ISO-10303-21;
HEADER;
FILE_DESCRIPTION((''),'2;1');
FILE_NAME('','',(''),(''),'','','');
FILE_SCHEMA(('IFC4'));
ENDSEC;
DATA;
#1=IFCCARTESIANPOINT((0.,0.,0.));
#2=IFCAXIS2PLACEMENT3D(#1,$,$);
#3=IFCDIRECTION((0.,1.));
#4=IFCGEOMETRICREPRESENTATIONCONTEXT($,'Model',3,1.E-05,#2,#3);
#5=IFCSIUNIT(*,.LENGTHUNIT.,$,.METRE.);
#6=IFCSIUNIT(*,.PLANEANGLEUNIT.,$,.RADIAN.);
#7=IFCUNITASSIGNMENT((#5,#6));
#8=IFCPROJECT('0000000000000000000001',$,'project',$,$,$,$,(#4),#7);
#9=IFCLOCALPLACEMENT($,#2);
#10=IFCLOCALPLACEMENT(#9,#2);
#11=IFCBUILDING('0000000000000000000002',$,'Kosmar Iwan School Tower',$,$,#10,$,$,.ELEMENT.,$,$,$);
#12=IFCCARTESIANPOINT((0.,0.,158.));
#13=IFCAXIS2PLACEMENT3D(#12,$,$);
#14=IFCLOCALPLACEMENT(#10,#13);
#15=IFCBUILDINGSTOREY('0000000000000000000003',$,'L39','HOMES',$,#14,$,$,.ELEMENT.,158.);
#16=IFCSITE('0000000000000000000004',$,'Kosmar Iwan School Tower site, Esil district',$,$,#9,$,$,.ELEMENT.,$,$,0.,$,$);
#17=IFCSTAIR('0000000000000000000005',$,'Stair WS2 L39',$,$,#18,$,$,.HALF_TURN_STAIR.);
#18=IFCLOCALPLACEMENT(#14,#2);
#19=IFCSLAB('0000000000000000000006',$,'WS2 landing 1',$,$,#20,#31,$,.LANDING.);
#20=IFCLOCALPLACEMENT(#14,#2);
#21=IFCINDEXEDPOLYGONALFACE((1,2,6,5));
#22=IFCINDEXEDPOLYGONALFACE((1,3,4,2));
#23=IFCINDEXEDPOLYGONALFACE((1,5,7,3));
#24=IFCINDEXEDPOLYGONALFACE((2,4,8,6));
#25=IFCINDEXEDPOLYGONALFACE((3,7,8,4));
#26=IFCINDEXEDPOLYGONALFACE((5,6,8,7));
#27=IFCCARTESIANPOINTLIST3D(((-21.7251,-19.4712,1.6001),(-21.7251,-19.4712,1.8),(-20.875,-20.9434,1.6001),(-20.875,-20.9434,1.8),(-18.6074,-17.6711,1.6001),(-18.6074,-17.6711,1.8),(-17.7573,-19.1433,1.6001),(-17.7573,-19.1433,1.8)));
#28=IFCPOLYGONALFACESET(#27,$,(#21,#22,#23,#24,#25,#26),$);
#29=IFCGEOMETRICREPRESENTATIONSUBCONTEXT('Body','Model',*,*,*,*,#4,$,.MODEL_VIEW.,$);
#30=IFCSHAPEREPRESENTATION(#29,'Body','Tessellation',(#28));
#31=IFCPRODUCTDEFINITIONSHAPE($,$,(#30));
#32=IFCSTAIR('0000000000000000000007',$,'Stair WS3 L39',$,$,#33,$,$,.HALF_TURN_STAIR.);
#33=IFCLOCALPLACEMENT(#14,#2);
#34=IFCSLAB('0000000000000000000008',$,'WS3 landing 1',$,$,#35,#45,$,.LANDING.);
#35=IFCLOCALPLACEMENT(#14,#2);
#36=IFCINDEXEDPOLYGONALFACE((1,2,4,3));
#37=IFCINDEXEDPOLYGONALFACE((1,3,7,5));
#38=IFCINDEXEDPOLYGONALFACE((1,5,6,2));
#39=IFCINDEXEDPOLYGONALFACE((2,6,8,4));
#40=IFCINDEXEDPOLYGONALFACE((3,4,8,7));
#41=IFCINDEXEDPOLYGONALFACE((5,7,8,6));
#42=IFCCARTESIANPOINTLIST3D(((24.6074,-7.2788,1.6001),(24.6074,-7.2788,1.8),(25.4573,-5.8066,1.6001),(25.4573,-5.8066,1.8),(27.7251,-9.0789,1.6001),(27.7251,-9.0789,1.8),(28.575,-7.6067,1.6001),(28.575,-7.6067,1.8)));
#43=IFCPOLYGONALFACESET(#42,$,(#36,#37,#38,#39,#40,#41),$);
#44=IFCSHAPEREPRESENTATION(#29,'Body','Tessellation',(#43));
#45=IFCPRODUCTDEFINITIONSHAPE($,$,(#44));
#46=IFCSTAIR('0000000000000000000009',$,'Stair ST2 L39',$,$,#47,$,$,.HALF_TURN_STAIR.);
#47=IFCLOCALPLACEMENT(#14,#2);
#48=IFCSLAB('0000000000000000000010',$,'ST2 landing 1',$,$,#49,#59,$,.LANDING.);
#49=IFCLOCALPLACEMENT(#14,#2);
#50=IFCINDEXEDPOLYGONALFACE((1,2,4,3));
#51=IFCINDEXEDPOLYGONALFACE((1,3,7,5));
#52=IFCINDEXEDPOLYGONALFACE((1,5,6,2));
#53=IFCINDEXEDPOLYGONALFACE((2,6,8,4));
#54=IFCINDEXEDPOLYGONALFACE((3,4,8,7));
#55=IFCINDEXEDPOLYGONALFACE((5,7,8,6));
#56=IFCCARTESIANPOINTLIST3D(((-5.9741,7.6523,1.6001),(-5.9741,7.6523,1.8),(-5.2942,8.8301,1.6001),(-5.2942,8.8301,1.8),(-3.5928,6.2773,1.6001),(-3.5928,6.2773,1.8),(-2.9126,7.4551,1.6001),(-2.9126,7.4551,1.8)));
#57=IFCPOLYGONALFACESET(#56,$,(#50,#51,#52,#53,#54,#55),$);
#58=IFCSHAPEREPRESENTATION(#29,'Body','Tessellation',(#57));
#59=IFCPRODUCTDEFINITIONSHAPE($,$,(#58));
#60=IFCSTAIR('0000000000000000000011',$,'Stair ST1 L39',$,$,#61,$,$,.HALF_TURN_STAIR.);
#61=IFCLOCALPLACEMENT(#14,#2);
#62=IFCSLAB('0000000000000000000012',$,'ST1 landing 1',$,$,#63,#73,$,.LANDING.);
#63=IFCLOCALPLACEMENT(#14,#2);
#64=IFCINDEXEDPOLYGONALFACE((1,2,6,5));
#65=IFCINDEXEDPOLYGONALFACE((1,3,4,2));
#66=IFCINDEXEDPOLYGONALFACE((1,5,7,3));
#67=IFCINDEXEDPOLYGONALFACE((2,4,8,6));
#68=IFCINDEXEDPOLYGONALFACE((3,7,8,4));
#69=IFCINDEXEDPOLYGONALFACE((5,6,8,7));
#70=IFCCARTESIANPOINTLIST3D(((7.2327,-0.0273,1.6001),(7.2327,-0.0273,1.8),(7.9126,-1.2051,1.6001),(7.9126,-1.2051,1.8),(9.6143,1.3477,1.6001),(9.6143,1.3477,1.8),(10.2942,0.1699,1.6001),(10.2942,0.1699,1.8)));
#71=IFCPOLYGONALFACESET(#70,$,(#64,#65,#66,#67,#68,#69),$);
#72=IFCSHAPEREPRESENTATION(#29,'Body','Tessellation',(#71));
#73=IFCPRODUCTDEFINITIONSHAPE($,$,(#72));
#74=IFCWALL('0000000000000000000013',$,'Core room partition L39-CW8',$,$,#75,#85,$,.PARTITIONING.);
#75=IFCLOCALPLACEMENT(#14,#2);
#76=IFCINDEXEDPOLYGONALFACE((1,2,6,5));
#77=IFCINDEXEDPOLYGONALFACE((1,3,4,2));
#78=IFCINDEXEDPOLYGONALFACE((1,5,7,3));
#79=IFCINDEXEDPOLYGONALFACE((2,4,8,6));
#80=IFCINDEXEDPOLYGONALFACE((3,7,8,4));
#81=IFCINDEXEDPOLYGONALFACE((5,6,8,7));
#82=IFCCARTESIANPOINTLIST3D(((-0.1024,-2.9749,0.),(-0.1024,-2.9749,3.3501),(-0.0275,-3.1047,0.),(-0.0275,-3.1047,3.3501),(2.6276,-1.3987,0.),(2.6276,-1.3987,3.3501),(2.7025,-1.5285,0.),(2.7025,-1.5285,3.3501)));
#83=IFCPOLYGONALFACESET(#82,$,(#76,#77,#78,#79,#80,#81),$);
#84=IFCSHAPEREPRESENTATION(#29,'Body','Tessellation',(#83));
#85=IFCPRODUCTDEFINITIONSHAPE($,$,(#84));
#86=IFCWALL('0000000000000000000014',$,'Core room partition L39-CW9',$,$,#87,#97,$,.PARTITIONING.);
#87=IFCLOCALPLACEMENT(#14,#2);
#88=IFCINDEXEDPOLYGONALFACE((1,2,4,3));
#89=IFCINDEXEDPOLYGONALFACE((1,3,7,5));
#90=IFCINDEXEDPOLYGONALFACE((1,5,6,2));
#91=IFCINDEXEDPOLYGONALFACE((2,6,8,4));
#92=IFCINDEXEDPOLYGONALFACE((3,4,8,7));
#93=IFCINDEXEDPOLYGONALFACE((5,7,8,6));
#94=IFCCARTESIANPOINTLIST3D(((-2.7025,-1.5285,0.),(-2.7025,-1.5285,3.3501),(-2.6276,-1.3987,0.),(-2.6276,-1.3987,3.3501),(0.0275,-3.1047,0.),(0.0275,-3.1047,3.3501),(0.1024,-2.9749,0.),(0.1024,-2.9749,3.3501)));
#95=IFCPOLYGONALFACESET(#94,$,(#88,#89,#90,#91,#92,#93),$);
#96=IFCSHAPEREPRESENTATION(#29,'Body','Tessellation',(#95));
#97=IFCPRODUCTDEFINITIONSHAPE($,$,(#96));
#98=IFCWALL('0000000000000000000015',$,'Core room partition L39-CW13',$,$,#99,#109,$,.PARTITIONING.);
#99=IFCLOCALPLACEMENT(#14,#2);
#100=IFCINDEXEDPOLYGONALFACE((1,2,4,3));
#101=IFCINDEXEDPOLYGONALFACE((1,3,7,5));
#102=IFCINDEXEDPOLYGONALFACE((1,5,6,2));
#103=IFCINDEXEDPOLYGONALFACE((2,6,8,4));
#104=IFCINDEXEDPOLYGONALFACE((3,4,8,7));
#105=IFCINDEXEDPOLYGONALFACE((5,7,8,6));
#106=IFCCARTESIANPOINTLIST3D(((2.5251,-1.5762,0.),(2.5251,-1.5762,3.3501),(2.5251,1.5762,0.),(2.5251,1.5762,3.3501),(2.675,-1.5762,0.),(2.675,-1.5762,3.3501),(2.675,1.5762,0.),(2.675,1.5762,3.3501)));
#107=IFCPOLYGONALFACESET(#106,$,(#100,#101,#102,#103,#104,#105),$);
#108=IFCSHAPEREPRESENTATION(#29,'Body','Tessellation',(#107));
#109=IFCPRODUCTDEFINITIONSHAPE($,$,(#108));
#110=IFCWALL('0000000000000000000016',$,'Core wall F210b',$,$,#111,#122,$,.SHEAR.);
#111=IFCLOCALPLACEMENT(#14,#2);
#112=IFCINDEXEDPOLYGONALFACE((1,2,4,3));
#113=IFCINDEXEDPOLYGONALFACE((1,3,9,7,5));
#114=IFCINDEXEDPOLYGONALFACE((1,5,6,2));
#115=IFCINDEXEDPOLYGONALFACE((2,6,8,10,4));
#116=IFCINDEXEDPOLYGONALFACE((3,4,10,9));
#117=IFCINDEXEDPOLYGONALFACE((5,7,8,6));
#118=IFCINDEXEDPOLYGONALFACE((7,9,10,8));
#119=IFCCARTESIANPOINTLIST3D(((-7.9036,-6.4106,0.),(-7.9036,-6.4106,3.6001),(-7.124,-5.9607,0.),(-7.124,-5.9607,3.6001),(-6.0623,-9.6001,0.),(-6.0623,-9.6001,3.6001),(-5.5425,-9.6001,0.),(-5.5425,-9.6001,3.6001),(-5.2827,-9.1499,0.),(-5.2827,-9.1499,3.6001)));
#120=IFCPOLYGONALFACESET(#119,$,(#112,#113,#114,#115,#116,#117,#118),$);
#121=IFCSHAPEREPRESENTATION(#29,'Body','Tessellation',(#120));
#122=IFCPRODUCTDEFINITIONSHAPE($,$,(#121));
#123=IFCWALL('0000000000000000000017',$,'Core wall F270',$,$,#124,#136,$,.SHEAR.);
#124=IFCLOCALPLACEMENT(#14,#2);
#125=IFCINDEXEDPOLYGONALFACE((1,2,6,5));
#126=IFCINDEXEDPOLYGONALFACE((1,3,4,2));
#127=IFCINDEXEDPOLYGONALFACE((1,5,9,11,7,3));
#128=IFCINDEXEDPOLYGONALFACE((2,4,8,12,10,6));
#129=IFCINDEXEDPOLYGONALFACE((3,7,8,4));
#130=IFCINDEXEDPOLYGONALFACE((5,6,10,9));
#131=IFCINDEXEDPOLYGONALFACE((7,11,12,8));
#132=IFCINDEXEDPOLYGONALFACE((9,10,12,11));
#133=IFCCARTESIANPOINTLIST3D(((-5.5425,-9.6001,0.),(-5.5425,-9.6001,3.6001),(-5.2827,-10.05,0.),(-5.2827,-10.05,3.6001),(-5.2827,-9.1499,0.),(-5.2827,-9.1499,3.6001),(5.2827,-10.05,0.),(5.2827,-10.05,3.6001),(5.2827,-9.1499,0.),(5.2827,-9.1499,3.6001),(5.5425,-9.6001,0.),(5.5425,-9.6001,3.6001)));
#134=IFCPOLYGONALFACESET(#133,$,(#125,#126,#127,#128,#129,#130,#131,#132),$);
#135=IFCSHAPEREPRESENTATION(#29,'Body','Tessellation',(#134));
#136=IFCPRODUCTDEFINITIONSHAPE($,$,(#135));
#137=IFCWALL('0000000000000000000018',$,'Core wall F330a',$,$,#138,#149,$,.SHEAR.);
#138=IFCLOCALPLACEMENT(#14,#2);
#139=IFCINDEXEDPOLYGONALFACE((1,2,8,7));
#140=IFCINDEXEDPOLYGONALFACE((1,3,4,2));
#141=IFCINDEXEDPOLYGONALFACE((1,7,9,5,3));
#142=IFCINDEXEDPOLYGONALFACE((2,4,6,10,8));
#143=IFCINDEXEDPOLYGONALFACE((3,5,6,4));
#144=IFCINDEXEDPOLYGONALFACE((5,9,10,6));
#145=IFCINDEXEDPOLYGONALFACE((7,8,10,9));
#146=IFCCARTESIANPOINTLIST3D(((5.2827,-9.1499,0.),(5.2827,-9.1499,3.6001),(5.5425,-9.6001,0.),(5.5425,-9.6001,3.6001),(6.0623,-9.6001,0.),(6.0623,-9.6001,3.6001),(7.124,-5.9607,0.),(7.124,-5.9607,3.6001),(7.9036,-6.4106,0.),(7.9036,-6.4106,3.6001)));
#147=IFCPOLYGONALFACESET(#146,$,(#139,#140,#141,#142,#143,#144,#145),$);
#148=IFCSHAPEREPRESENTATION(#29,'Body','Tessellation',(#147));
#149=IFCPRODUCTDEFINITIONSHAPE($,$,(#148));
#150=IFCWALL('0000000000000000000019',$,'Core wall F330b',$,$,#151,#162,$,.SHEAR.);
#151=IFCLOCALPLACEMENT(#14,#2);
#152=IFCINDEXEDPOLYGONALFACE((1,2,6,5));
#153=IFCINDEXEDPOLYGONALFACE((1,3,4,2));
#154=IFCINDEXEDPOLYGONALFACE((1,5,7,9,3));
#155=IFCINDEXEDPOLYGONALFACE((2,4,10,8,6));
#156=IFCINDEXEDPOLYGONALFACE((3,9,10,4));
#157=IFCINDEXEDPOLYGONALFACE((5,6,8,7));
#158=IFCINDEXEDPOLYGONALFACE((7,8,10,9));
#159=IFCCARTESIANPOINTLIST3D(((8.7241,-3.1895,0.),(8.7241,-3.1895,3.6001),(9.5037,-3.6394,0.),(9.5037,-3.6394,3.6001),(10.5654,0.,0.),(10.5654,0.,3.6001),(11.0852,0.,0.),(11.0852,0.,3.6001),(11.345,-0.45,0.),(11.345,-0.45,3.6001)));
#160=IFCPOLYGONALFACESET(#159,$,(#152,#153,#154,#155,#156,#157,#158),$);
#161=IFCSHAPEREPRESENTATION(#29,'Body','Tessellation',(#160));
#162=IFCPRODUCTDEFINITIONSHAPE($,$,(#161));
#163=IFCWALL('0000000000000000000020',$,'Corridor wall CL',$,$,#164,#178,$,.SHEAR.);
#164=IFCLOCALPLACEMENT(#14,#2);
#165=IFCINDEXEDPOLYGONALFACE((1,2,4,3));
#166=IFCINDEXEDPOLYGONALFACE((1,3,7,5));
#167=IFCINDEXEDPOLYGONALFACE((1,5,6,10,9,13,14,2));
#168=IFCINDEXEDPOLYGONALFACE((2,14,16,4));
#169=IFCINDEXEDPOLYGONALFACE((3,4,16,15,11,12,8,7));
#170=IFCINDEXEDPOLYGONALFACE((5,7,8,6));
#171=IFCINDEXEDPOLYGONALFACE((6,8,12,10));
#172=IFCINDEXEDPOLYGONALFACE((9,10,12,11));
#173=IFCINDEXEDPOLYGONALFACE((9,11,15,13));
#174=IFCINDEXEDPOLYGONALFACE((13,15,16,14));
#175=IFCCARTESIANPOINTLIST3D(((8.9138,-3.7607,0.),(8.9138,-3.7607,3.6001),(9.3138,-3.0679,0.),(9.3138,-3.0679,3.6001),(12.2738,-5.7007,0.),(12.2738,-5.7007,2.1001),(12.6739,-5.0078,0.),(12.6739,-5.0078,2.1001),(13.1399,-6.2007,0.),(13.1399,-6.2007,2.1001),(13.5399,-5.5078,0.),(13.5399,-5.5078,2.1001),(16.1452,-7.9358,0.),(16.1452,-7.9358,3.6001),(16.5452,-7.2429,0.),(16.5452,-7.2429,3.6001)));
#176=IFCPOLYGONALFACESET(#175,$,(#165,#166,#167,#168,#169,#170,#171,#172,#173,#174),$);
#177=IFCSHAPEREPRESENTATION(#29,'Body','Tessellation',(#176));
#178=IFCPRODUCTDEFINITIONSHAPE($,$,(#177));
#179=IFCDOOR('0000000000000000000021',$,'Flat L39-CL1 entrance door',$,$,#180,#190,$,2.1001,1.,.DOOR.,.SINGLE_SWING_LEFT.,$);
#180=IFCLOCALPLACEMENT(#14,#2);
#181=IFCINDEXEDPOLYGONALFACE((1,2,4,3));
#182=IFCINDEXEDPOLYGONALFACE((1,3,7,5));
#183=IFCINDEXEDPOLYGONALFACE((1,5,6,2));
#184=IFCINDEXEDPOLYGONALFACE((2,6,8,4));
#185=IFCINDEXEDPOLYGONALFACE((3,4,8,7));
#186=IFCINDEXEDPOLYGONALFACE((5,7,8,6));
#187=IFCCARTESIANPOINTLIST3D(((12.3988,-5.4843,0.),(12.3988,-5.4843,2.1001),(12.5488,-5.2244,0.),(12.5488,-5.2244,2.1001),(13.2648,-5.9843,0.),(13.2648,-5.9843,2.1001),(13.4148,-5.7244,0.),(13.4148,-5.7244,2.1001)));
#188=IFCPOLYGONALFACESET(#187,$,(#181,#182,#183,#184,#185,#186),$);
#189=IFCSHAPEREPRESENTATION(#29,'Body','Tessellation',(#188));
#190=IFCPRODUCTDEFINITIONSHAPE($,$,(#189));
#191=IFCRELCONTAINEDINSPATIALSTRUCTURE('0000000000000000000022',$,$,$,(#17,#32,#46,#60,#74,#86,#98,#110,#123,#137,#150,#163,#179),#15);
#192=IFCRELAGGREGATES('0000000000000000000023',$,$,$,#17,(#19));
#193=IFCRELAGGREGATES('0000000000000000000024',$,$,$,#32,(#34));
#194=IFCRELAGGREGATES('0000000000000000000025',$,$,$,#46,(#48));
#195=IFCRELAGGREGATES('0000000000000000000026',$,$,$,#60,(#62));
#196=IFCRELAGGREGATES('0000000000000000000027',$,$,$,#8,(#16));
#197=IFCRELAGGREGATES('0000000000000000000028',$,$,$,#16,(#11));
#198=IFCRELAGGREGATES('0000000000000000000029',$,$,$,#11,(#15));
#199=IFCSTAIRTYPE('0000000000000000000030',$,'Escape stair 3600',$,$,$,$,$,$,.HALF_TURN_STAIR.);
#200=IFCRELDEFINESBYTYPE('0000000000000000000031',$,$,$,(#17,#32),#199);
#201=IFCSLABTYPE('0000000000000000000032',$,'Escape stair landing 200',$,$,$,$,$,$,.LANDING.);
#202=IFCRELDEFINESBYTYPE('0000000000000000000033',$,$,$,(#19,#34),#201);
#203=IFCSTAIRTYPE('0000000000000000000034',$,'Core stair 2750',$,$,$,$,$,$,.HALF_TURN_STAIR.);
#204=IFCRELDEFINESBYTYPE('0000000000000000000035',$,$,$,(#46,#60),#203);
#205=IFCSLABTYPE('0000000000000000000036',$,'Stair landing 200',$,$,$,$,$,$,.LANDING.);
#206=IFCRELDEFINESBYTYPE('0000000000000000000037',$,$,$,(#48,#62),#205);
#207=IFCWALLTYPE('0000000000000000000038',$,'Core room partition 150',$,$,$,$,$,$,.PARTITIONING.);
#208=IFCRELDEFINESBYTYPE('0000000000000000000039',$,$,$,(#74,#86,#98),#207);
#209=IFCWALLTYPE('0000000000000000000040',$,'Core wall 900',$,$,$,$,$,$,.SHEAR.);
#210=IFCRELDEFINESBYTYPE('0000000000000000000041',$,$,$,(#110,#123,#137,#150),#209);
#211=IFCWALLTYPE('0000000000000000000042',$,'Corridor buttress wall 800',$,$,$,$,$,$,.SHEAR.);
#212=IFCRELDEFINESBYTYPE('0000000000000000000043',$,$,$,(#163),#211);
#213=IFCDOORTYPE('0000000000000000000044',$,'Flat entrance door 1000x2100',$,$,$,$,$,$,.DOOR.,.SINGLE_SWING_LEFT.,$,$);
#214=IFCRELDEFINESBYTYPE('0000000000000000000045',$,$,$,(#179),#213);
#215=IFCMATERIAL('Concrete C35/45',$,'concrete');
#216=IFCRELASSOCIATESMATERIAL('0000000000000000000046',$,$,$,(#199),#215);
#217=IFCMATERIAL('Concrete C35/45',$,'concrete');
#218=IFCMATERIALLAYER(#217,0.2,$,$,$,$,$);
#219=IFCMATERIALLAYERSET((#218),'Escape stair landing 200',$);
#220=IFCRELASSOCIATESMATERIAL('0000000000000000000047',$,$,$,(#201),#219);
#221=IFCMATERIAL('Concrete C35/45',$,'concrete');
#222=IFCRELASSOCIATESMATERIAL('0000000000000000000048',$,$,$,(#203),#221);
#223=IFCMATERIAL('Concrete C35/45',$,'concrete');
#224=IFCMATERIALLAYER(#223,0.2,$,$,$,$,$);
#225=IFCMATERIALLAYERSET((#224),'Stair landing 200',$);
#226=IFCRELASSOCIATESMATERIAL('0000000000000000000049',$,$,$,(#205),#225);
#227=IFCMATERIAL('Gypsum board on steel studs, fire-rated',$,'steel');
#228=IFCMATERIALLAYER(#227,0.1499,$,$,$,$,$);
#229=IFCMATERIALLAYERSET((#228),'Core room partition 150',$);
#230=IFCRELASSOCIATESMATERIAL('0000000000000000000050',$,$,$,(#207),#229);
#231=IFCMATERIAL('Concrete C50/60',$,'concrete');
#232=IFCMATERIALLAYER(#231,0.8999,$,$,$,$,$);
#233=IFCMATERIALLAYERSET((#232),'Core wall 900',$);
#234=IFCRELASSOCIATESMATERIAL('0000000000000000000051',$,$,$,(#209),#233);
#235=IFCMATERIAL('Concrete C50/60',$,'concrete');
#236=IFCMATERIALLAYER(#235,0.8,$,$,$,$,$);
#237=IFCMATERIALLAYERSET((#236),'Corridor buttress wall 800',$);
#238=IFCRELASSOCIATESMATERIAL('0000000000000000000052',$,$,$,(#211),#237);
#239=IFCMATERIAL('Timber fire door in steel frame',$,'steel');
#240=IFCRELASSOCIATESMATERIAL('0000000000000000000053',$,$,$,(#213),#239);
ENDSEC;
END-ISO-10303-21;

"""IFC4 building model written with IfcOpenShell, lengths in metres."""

from ifc_helpers import new_model, si_unit, direction, frame, frame_2d, origin, place, context, subcontext, project, spatial, polyline, rectangle, outline, extrude, material, layer, layer_set, type_object, element, fill, aggregate, save


model = new_model("IFC4")

# Units and contexts
model_context = context("Model", 3, precision=1e-05, world=origin(), true_north=direction((0.0, 1.0)))
body_context = subcontext(model_context, "Body", "Model", "MODEL_VIEW")
ifc_project = project(units=[si_unit("LENGTHUNIT", "METRE"), si_unit("PLANEANGLEUNIT", "RADIAN")], contexts=[model_context])

# Site, building, storey
site_placement = place(None, origin())
site = spatial("IfcSite", under=ifc_project, at=site_placement, Name="Kosmar Iwan School Tower site, Esil district", CompositionType="ELEMENT", RefElevation=0.0)
building_placement = place(site_placement, origin())
building = spatial("IfcBuilding", under=site, at=building_placement, Name="Kosmar Iwan School Tower", CompositionType="ELEMENT")
storey_placement = place(building_placement, frame((0.0, 0.0, 158.0)))
storey = spatial("IfcBuildingStorey", under=building, at=storey_placement, Name="L39", Description="HOMES", CompositionType="ELEMENT", Elevation=158.0)

# Stairs, slabs
ifc_material_1 = material(Name="Concrete C35/45", Category="concrete")
stair_type_1 = type_object("IfcStairType", Name="Escape stair 3600", PredefinedType="HALF_TURN_STAIR", material=ifc_material_1)
stair_1_placement = place(storey_placement, origin())
stair_1 = element("IfcStair", 1, at=stair_1_placement, inside=storey, type_object=stair_type_1, Name="Stair WS2 L39", PredefinedType="HALF_TURN_STAIR")
ifc_material_2 = material(Name="Concrete C35/45", Category="concrete")
ifc_layer_1 = layer(ifc_material_2, 0.2)
ifc_layer_set_1 = layer_set([ifc_layer_1], Name="Escape stair landing 200")
slab_type_1 = type_object("IfcSlabType", Name="Escape stair landing 200", PredefinedType="LANDING", material=ifc_layer_set_1)
slab_1_placement = place(storey_placement, frame((0.0, 0.0, 1.6001)))
slab_1 = element("IfcSlab", 2, at=slab_1_placement, type_object=slab_type_1, Name="WS2 landing 1", PredefinedType="LANDING", context=body_context, shape_type="SweptSolid", body=[
    extrude(outline(polyline([(-18.6074, -17.6711), (-21.7251, -19.4712), (-20.875, -20.9434), (-17.7573, -19.1433), (-18.6074, -17.6711)])), origin(), (0.0, 0.0, 1.0), 0.2),
])
aggregate(stair_1, [slab_1])
stair_2_placement = place(storey_placement, origin())
stair_2 = element("IfcStair", 3, at=stair_2_placement, inside=storey, type_object=stair_type_1, Name="Stair WS3 L39", PredefinedType="HALF_TURN_STAIR")
slab_2_placement = place(storey_placement, frame((0.0, 0.0, 1.6001)))
slab_2 = element("IfcSlab", 4, at=slab_2_placement, type_object=slab_type_1, Name="WS3 landing 1", PredefinedType="LANDING", context=body_context, shape_type="SweptSolid", body=[
    extrude(outline(polyline([(24.6074, -7.2788), (27.7251, -9.0789), (28.575, -7.6067), (25.4573, -5.8066), (24.6074, -7.2788)])), origin(), (0.0, 0.0, 1.0), 0.2),
])
aggregate(stair_2, [slab_2])
ifc_material_3 = material(Name="Concrete C35/45", Category="concrete")
stair_type_2 = type_object("IfcStairType", Name="Core stair 2750", PredefinedType="HALF_TURN_STAIR", material=ifc_material_3)
stair_3_placement = place(storey_placement, origin())
stair_3 = element("IfcStair", 5, at=stair_3_placement, inside=storey, type_object=stair_type_2, Name="Stair ST2 L39", PredefinedType="HALF_TURN_STAIR")
ifc_material_4 = material(Name="Concrete C35/45", Category="concrete")
ifc_layer_2 = layer(ifc_material_4, 0.2)
ifc_layer_set_2 = layer_set([ifc_layer_2], Name="Stair landing 200")
slab_type_2 = type_object("IfcSlabType", Name="Stair landing 200", PredefinedType="LANDING", material=ifc_layer_set_2)
slab_3_placement = place(storey_placement, frame((0.0, 0.0, 1.6001)))
slab_3 = element("IfcSlab", 6, at=slab_3_placement, type_object=slab_type_2, Name="ST2 landing 1", PredefinedType="LANDING", context=body_context, shape_type="SweptSolid", body=[
    extrude(outline(polyline([(-2.9126, 7.4551), (-5.2942, 8.8301), (-5.9741, 7.6523), (-3.5928, 6.2773), (-2.9126, 7.4551)])), origin(), (0.0, 0.0, 1.0), 0.2),
])
aggregate(stair_3, [slab_3])
stair_4_placement = place(storey_placement, origin())
stair_4 = element("IfcStair", 7, at=stair_4_placement, inside=storey, type_object=stair_type_2, Name="Stair ST1 L39", PredefinedType="HALF_TURN_STAIR")
slab_4_placement = place(storey_placement, frame((0.0, 0.0, 1.6001)))
slab_4 = element("IfcSlab", 8, at=slab_4_placement, type_object=slab_type_2, Name="ST1 landing 1", PredefinedType="LANDING", context=body_context, shape_type="SweptSolid", body=[
    extrude(outline(polyline([(7.9126, -1.2051), (10.2942, 0.1699), (9.6143, 1.3477), (7.2327, -0.0273), (7.9126, -1.2051)])), origin(), (0.0, 0.0, 1.0), 0.2),
])

# Walls
ifc_material_5 = material(Name="Gypsum board on steel studs, fire-rated", Category="steel")
ifc_layer_3 = layer(ifc_material_5, 0.1499)
ifc_layer_set_3 = layer_set([ifc_layer_3], Name="Core room partition 150")
wall_type_1 = type_object("IfcWallType", Name="Core room partition 150", PredefinedType="PARTITIONING", material=ifc_layer_set_3)
for number, where, z_axis, x_axis, name in (
    (9, (2.665, -1.4636, 0.0), (0.0, 0.0, 1.0), (-0.866023, -0.500004, 0.0), "Core room partition L39-CW8"),
    (10, (0.0649, -3.0398, 0.0), (0.0, 0.0, 1.0), (-0.866023, 0.500004, 0.0), "Core room partition L39-CW9"),
    (11, (2.6001, 1.5762, 0.0), (0.0, 0.0, 1.0), (0.0, -1.0, 0.0), "Core room partition L39-CW13"),
):
    element("IfcWall", number, at=place(storey_placement, frame(where, z_axis=z_axis, x_axis=x_axis)), inside=storey, type_object=wall_type_1, Name=name, PredefinedType="PARTITIONING", context=body_context, shape_type="SweptSolid", body=[
        extrude(rectangle(XDim=3.1523, YDim=0.1499, at=frame_2d((1.5762, 0.0))), origin(), (0.0, 0.0, 1.0), 3.3501),
    ])
ifc_material_6 = material(Name="Concrete C50/60", Category="concrete")
ifc_layer_4 = layer(ifc_material_6, 0.8999)
ifc_layer_set_4 = layer_set([ifc_layer_4], Name="Core wall 900")
wall_type_2 = type_object("IfcWallType", Name="Core wall 900", PredefinedType="SHEAR", material=ifc_layer_set_4)
wall_1_placement = place(storey_placement, origin())
element("IfcWall", 12, at=wall_1_placement, inside=storey, type_object=wall_type_2, Name="Core wall F210b", PredefinedType="SHEAR", context=body_context, shape_type="SweptSolid", body=[
    extrude(outline(polyline([(-6.0623, -9.6001), (-5.5425, -9.6001), (-5.2827, -9.1499), (-7.124, -5.9607), (-7.9036, -6.4106), (-6.0623, -9.6001)])), origin(), (0.0, 0.0, 1.0), 3.6001),
])
wall_2_placement = place(storey_placement, origin())
element("IfcWall", 13, at=wall_2_placement, inside=storey, type_object=wall_type_2, Name="Core wall F270", PredefinedType="SHEAR", context=body_context, shape_type="SweptSolid", body=[
    extrude(outline(polyline([(-5.2827, -10.05), (5.2827, -10.05), (5.5425, -9.6001), (5.2827, -9.1499), (-5.2827, -9.1499), (-5.5425, -9.6001), (-5.2827, -10.05)])), origin(), (0.0, 0.0, 1.0), 3.6001),
])
wall_3_placement = place(storey_placement, origin())
element("IfcWall", 14, at=wall_3_placement, inside=storey, type_object=wall_type_2, Name="Core wall F330a", PredefinedType="SHEAR", context=body_context, shape_type="SweptSolid", body=[
    extrude(outline(polyline([(5.5425, -9.6001), (6.0623, -9.6001), (7.9036, -6.4106), (7.124, -5.9607), (5.2827, -9.1499), (5.5425, -9.6001)])), origin(), (0.0, 0.0, 1.0), 3.6001),
])
wall_4_placement = place(storey_placement, origin())
element("IfcWall", 15, at=wall_4_placement, inside=storey, type_object=wall_type_2, Name="Core wall F330b", PredefinedType="SHEAR", context=body_context, shape_type="SweptSolid", body=[
    extrude(outline(polyline([(9.5037, -3.6394), (11.345, -0.45), (11.0852, 0.0), (10.5654, 0.0), (8.7241, -3.1895), (9.5037, -3.6394)])), origin(), (0.0, 0.0, 1.0), 3.6001),
])

# Wall, opening, door
ifc_material_7 = material(Name="Concrete C50/60", Category="concrete")
ifc_layer_5 = layer(ifc_material_7, 0.8)
ifc_layer_set_5 = layer_set([ifc_layer_5], Name="Corridor buttress wall 800")
wall_type_3 = type_object("IfcWallType", Name="Corridor buttress wall 800", PredefinedType="SHEAR", material=ifc_layer_set_5)
wall_5_placement = place(storey_placement, frame((9.1138, -3.4143, 0.0), z_axis=(0.0, 0.0, 1.0), x_axis=(0.866027, -0.499997, 0.0)))
wall_5 = element("IfcWall", 16, at=wall_5_placement, inside=storey, type_object=wall_type_3, Name="Corridor wall CL", PredefinedType="SHEAR", context=body_context, shape_type="SweptSolid", body=[
    extrude(rectangle(XDim=8.3501, YDim=0.8, at=frame_2d((4.175, 0.0))), origin(), (0.0, 0.0, 1.0), 3.6001),
])
opening_1_placement = place(wall_5_placement, frame((3.8799, 0.0, 0.0)))
opening_1 = element("IfcOpeningElement", 17, at=opening_1_placement, cuts=wall_5, PredefinedType="OPENING", context=body_context, shape_type="SweptSolid", body=[
    extrude(rectangle(XDim=1.0, YDim=2.1001, at=frame_2d((0.5, 1.05))), frame((0.0, 0.4121, 0.0), z_axis=(0.0, -1.0, 0.0), x_axis=(1.0, 0.0, 0.0)), (0.0, 0.0, 1.0), 0.824),
])
ifc_material_8 = material(Name="Timber fire door in steel frame", Category="steel")
door_type_1 = type_object("IfcDoorType", Name="Flat entrance door 1000x2100", OperationType="SINGLE_SWING_LEFT", PredefinedType="DOOR", material=ifc_material_8)
door_1_placement = place(opening_1_placement, origin())
door_1 = element("IfcDoor", 18, at=door_1_placement, inside=storey, type_object=door_type_1, Name="Flat L39-CL1 entrance door", OperationType="SINGLE_SWING_LEFT", OverallHeight=2.1001, OverallWidth=1.0, PredefinedType="DOOR", context=body_context, shape_type="SweptSolid", body=[
    extrude(rectangle(XDim=1.0, YDim=2.1001, at=frame_2d((0.5, 1.05))), frame((0.0, 0.1499, 0.0), z_axis=(0.0, -1.0, 0.0), x_axis=(1.0, 0.0, 0.0)), (0.0, 0.0, 1.0), 0.3),
])
fill(opening_1, door_1)

aggregate(stair_4, [slab_4])

save(model, "model.ifc")
